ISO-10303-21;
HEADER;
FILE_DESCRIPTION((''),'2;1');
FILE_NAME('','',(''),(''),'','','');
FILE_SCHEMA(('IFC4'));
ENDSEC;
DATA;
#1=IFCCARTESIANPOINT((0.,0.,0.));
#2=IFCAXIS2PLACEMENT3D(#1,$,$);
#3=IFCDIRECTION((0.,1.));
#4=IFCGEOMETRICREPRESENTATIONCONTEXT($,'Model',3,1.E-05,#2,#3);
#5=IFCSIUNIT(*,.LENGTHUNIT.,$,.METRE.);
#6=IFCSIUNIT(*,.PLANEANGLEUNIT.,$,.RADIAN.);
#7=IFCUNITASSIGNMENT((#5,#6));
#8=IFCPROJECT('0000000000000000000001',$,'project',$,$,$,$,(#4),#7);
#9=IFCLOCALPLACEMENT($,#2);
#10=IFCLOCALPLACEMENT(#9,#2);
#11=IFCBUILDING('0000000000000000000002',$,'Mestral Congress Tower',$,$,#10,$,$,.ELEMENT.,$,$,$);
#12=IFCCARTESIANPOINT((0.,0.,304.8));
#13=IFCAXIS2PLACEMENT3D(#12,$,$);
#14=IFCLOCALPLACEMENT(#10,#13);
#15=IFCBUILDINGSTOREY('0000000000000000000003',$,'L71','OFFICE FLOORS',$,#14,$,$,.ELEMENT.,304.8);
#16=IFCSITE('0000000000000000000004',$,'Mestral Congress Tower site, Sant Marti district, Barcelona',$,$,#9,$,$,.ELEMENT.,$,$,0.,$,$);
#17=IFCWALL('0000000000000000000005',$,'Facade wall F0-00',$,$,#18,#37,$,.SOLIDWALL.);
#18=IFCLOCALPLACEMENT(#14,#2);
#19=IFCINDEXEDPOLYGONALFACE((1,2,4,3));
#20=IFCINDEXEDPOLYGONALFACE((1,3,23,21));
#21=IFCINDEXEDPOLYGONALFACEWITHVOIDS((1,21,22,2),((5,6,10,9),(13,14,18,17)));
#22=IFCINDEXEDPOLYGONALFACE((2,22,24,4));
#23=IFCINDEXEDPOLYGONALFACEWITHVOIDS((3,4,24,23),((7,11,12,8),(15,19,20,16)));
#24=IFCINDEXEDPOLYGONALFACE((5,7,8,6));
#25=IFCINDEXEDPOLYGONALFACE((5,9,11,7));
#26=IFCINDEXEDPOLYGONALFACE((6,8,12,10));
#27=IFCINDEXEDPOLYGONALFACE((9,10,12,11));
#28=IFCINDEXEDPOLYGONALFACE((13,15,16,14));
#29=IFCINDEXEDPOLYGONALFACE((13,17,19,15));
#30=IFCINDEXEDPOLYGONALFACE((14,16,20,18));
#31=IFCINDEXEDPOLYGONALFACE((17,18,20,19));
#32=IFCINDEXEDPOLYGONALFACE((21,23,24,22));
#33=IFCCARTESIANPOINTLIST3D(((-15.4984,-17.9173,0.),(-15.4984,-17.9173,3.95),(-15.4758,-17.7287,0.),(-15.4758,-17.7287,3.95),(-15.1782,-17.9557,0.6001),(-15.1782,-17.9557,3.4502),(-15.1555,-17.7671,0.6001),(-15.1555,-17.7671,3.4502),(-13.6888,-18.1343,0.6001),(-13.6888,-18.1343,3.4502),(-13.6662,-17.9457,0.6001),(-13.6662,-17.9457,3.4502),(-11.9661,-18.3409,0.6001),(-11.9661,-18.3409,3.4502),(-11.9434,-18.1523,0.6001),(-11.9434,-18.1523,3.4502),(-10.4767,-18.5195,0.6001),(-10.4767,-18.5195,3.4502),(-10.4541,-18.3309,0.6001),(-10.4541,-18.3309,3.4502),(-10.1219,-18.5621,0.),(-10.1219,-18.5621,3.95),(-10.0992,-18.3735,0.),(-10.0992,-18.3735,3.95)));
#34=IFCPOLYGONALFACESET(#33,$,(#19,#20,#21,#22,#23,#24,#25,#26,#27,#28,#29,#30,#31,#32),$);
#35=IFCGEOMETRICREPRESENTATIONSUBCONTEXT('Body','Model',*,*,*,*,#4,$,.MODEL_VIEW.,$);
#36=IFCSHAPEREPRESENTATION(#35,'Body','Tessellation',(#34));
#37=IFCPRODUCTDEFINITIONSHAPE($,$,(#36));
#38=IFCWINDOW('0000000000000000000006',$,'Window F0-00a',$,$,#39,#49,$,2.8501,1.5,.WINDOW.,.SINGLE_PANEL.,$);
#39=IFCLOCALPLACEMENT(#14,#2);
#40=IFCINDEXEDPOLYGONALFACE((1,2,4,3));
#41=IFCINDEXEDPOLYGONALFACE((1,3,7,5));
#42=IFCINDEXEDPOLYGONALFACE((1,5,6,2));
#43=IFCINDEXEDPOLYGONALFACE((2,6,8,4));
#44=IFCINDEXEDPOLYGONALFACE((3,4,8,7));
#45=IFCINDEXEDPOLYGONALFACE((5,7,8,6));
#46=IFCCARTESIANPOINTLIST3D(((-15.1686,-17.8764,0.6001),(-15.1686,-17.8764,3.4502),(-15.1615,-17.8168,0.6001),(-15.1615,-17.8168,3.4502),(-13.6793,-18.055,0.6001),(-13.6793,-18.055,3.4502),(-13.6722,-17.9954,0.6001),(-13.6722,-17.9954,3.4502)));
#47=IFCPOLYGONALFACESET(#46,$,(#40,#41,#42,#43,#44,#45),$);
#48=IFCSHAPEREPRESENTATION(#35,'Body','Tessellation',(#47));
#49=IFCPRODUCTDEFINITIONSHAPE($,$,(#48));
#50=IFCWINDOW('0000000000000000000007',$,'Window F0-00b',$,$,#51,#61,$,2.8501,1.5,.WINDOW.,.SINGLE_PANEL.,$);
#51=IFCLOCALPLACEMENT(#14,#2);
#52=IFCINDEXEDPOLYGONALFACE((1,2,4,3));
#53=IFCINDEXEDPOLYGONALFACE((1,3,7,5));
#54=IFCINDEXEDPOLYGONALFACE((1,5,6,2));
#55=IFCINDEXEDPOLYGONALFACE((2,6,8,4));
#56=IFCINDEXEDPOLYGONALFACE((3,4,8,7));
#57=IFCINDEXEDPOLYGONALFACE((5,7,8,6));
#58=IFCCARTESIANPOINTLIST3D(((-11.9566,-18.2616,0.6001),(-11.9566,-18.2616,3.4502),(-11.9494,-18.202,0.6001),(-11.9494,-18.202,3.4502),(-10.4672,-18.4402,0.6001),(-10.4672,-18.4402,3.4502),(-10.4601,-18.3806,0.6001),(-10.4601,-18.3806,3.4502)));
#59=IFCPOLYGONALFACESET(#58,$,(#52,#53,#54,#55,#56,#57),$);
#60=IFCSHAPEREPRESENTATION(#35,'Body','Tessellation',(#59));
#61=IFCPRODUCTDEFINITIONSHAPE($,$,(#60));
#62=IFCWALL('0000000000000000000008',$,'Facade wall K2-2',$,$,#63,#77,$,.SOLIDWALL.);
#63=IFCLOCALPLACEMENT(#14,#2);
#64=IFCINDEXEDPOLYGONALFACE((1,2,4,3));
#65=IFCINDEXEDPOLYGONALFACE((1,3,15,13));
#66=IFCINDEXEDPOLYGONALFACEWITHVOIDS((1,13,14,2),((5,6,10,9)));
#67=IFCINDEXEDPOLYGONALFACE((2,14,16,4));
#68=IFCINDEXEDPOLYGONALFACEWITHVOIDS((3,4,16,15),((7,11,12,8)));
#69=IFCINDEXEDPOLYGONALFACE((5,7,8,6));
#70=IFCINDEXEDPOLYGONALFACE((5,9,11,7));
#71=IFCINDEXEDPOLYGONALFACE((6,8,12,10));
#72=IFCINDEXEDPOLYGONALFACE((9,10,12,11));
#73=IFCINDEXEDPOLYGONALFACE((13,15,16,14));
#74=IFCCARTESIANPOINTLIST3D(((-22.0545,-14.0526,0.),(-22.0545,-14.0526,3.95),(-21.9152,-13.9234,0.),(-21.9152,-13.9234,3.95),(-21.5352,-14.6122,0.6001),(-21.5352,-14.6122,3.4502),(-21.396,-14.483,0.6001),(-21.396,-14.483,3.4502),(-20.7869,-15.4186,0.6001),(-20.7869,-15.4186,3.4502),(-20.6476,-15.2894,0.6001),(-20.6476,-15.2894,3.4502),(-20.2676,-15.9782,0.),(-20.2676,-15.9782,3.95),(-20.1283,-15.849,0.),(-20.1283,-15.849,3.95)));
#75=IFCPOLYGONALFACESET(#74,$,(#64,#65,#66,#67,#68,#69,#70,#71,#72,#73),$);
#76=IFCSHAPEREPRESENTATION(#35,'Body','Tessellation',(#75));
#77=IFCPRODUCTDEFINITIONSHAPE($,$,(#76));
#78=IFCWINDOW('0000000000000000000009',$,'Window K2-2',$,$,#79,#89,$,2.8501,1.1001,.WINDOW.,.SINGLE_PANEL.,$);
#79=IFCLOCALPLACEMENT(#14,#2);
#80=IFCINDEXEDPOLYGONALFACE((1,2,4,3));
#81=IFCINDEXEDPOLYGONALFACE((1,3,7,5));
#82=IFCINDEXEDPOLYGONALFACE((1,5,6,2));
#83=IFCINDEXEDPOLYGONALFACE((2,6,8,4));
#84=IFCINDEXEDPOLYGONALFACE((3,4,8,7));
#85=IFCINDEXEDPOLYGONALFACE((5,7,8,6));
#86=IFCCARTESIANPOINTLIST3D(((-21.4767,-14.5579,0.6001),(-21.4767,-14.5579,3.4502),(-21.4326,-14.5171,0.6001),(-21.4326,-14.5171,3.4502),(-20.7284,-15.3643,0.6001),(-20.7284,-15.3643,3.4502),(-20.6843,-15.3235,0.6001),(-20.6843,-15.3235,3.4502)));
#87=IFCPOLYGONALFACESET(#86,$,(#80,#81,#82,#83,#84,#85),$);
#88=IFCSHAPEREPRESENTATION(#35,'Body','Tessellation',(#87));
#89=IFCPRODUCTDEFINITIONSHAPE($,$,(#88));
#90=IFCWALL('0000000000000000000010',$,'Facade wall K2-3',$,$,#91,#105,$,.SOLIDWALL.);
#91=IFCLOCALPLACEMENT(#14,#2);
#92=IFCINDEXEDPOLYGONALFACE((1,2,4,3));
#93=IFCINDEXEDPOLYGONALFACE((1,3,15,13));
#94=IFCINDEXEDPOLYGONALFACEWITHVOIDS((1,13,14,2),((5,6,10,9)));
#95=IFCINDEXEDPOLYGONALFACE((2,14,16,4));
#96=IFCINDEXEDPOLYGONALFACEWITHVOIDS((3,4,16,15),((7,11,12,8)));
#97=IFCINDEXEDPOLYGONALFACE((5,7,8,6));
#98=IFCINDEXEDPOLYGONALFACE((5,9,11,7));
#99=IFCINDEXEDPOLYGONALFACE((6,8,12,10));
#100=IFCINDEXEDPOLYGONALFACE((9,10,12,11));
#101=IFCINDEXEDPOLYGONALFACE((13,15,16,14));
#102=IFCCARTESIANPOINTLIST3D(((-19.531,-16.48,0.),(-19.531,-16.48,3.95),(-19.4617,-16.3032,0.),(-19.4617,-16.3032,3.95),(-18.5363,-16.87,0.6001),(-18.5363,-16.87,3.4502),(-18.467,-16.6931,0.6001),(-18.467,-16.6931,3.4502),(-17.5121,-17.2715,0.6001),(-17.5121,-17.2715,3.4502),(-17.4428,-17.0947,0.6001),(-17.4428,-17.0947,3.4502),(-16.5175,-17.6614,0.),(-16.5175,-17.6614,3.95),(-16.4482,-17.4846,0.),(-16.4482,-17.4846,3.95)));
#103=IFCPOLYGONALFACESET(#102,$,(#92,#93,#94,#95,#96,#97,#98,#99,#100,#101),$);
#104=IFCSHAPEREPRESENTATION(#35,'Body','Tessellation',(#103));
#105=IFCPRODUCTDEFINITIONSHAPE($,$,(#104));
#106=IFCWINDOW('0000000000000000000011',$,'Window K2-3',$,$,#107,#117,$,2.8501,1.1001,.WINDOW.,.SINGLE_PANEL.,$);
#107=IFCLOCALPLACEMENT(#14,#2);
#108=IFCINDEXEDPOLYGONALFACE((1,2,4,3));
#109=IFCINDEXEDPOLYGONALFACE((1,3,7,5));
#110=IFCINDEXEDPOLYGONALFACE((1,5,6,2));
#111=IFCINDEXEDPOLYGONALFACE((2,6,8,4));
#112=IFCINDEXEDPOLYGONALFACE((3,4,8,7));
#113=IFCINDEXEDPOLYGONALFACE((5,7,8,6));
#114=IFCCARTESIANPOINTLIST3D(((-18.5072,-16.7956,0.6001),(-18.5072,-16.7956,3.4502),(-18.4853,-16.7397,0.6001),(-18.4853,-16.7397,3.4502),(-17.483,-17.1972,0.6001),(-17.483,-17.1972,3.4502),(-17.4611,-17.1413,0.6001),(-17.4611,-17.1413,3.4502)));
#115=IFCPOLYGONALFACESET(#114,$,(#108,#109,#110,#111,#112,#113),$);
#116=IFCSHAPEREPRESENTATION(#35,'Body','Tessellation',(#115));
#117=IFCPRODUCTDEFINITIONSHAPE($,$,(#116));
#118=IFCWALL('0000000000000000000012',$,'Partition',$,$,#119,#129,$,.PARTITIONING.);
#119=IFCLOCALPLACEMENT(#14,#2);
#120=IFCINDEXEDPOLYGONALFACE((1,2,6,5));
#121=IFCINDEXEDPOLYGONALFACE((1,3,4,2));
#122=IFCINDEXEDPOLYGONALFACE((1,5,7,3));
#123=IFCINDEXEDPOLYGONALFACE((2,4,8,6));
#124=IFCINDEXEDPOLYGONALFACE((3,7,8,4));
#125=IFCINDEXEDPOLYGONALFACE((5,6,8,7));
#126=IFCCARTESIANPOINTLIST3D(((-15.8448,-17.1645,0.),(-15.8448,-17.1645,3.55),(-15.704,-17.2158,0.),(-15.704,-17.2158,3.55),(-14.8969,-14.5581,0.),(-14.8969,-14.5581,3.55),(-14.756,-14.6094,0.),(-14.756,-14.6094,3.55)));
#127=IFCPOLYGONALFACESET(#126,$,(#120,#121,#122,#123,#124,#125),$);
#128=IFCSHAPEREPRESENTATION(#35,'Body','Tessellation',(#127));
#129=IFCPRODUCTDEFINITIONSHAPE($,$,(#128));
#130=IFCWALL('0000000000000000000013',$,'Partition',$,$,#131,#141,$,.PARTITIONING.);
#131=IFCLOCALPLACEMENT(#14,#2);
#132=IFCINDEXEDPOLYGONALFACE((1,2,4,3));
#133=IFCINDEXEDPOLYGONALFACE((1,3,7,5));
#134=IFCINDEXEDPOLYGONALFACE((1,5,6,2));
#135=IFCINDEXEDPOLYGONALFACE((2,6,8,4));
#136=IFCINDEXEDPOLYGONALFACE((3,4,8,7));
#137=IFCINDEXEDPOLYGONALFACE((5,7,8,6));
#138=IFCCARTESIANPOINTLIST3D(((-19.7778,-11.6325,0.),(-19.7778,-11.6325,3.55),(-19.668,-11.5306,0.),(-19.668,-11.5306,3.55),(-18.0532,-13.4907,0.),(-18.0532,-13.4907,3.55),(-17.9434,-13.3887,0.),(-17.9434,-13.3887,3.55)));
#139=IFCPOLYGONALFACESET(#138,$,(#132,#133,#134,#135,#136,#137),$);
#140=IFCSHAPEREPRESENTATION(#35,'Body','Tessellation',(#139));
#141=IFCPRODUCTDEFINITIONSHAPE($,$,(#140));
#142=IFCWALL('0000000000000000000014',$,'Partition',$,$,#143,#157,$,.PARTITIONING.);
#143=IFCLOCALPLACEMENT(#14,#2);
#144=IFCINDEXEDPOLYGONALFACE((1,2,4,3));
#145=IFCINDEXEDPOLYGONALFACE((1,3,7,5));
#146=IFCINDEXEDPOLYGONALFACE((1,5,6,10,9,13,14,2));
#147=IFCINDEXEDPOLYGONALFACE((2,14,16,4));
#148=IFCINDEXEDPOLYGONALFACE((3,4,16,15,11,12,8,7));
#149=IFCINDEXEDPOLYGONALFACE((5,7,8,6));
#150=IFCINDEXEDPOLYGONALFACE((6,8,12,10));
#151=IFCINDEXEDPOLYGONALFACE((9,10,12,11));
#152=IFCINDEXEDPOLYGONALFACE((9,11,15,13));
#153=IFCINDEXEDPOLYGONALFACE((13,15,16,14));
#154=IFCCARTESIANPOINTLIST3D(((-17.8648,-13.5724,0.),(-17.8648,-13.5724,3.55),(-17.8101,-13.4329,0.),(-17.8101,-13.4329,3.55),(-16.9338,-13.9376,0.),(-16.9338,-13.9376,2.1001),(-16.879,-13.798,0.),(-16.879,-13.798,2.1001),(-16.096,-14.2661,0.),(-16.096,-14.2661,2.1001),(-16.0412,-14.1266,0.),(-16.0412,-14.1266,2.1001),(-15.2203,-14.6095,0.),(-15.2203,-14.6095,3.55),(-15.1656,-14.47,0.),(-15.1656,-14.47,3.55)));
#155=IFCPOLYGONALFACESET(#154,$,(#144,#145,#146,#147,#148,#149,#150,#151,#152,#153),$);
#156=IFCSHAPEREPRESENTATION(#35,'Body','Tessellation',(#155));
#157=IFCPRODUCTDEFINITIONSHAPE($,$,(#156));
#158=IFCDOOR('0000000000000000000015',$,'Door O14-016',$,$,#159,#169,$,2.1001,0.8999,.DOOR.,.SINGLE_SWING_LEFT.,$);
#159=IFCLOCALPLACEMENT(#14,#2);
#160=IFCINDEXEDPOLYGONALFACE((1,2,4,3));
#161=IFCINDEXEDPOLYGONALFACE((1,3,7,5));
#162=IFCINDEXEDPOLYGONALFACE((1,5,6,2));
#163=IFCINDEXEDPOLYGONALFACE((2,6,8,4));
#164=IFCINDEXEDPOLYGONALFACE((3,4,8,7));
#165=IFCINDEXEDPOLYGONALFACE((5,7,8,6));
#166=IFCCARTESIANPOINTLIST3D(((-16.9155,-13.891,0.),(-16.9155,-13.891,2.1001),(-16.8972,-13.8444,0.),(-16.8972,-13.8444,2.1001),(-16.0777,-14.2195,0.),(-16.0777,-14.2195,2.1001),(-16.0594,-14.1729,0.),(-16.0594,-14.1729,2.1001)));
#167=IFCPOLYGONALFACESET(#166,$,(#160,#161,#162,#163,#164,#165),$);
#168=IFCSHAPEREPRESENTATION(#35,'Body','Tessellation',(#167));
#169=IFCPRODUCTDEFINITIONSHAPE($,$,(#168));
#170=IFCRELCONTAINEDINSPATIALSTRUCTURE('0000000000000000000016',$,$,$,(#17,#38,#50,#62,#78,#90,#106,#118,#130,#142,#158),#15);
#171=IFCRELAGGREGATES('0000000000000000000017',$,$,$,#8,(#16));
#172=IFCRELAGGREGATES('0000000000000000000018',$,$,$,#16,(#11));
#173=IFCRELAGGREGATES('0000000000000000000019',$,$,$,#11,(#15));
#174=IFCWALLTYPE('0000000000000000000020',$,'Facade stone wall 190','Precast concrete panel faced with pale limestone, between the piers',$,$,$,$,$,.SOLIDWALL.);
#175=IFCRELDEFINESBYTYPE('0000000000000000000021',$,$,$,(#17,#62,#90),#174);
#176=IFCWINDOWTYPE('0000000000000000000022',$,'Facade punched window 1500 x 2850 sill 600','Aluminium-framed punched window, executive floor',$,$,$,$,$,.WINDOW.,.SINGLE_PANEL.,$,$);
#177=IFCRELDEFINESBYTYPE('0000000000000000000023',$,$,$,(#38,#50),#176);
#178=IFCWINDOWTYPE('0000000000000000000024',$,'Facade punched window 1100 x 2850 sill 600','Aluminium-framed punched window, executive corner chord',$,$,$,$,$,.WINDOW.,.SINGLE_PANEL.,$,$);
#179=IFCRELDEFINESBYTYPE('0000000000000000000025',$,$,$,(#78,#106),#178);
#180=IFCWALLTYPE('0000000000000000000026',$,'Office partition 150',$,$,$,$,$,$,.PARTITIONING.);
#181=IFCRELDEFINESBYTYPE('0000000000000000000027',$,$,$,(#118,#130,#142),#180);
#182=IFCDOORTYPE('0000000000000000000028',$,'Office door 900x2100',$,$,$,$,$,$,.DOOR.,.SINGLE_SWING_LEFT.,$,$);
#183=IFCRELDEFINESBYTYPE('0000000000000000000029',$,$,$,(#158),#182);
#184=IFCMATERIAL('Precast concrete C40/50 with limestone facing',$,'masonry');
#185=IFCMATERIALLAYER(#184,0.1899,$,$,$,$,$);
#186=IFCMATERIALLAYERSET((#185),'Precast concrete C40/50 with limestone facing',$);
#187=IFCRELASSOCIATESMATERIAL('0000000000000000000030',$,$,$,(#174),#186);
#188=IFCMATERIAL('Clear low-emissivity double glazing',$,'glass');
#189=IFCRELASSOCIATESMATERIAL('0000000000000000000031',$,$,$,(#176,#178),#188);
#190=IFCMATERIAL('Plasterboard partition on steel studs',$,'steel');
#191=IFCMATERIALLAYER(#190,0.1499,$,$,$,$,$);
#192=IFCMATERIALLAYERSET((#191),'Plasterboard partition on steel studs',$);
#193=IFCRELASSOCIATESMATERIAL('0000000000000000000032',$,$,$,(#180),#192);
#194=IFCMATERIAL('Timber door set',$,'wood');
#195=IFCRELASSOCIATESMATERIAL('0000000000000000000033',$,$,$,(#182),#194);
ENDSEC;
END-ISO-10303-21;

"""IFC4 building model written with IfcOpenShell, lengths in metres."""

from ifc_helpers import new_model, si_unit, direction, frame, frame_2d, origin, place, context, subcontext, project, spatial, rectangle, extrude, material, layer, layer_set, type_object, element, fill, save


model = new_model("IFC4")

# Units and contexts
model_context = context("Model", 3, precision=1e-05, world=origin(), true_north=direction((0.0, 1.0)))
body_context = subcontext(model_context, "Body", "Model", "MODEL_VIEW")
ifc_project = project(units=[si_unit("LENGTHUNIT", "METRE"), si_unit("PLANEANGLEUNIT", "RADIAN")], contexts=[model_context])

# Site, building, storey
site_placement = place(None, origin())
site = spatial("IfcSite", under=ifc_project, at=site_placement, Name="Mestral Congress Tower site, Sant Marti district, Barcelona", CompositionType="ELEMENT", RefElevation=0.0)
building_placement = place(site_placement, origin())
building = spatial("IfcBuilding", under=site, at=building_placement, Name="Mestral Congress Tower", CompositionType="ELEMENT")
storey_placement = place(building_placement, frame((0.0, 0.0, 304.8)))
storey = spatial("IfcBuildingStorey", under=building, at=storey_placement, Name="L71", Description="OFFICE FLOORS", CompositionType="ELEMENT", Elevation=304.8)

# Wall, openings, windows
ifc_material_1 = material(Name="Precast concrete C40/50 with limestone facing", Category="masonry")
ifc_layer_1 = layer(ifc_material_1, 0.1899)
ifc_layer_set_1 = layer_set([ifc_layer_1], Name="Precast concrete C40/50 with limestone facing")
wall_type_1 = type_object("IfcWallType", Name="Facade stone wall 190", Description="Precast concrete panel faced with pale limestone, between the piers", PredefinedType="SOLIDWALL", material=ifc_layer_set_1)
wall_1_placement = place(storey_placement, frame((-15.4871, -17.823, 0.0), z_axis=(0.0, 0.0, 1.0), x_axis=(0.992886, -0.119072, 0.0)))
wall_1 = element("IfcWall", 1, at=wall_1_placement, inside=storey, type_object=wall_type_1, Name="Facade wall F0-00", PredefinedType="SOLIDWALL", context=body_context, shape_type="SweptSolid", body=[
    extrude(rectangle(XDim=5.415, YDim=0.1899, at=frame_2d((2.7075, 0.0))), origin(), (0.0, 0.0, 1.0), 3.95),
])
opening_1_placement = place(wall_1_placement, frame((0.3225, 0.0, 0.6001)))
opening_1 = element("IfcOpeningElement", 2, at=opening_1_placement, cuts=wall_1, PredefinedType="OPENING", context=body_context, shape_type="SweptSolid", body=[
    extrude(rectangle(XDim=1.5, YDim=2.8501, at=frame_2d((0.75, 1.425))), frame((0.0, 0.105, 0.0), z_axis=(0.0, -1.0, 0.0), x_axis=(1.0, 0.0, 0.0)), (0.0, 0.0, 1.0), 0.21),
])
opening_2_placement = place(wall_1_placement, frame((3.5576, 0.0, 0.6001)))
opening_2 = element("IfcOpeningElement", 3, at=opening_2_placement, cuts=wall_1, PredefinedType="OPENING", context=body_context, shape_type="SweptSolid", body=[
    extrude(rectangle(XDim=1.5, YDim=2.8501, at=frame_2d((0.75, 1.425))), frame((0.0, 0.105, 0.0), z_axis=(0.0, -1.0, 0.0), x_axis=(1.0, 0.0, 0.0)), (0.0, 0.0, 1.0), 0.21),
])
ifc_material_2 = material(Name="Clear low-emissivity double glazing", Category="glass")
window_type_1 = type_object("IfcWindowType", Name="Facade punched window 1500 x 2850 sill 600", Description="Aluminium-framed punched window, executive floor", PartitioningType="SINGLE_PANEL", PredefinedType="WINDOW", material=ifc_material_2)
window_1_placement = place(opening_1_placement, origin())
window_1 = element("IfcWindow", 4, at=window_1_placement, inside=storey, type_object=window_type_1, Name="Window F0-00a", OverallHeight=2.8501, OverallWidth=1.5, PartitioningType="SINGLE_PANEL", PredefinedType="WINDOW", context=body_context, shape_type="SweptSolid", body=[
    extrude(rectangle(XDim=1.5, YDim=2.8501, at=frame_2d((0.75, 1.425))), frame((0.0, 0.0449, 0.0), z_axis=(0.0, -1.0, 0.0), x_axis=(1.0, 0.0, 0.0)), (0.0, 0.0, 1.0), 0.0601),
])
fill(opening_1, window_1)
window_2_placement = place(opening_2_placement, origin())
window_2 = element("IfcWindow", 5, at=window_2_placement, inside=storey, type_object=window_type_1, Name="Window F0-00b", OverallHeight=2.8501, OverallWidth=1.5, PartitioningType="SINGLE_PANEL", PredefinedType="WINDOW", context=body_context, shape_type="SweptSolid", body=[
    extrude(rectangle(XDim=1.5, YDim=2.8501, at=frame_2d((0.75, 1.425))), frame((0.0, 0.0449, 0.0), z_axis=(0.0, -1.0, 0.0), x_axis=(1.0, 0.0, 0.0)), (0.0, 0.0, 1.0), 0.0601),
])
fill(opening_2, window_2)

# Walls, openings, windows
wall_2_placement = place(storey_placement, frame((-21.9849, -13.988, 0.0), z_axis=(0.0, 0.0, 1.0), x_axis=(0.680219, -0.733009, 0.0)))
wall_2 = element("IfcWall", 6, at=wall_2_placement, inside=storey, type_object=wall_type_1, Name="Facade wall K2-2", PredefinedType="SOLIDWALL", context=body_context, shape_type="SweptSolid", body=[
    extrude(rectangle(XDim=2.627, YDim=0.1899, at=frame_2d((1.3135, 0.0))), origin(), (0.0, 0.0, 1.0), 3.95),
])
opening_3_placement = place(wall_2_placement, frame((0.7634, 0.0, 0.6001)))
opening_3 = element("IfcOpeningElement", 7, at=opening_3_placement, cuts=wall_2, PredefinedType="OPENING", context=body_context, shape_type="SweptSolid", body=[
    extrude(rectangle(XDim=1.1001, YDim=2.8501, at=frame_2d((0.55, 1.425))), frame((0.0, 0.105, 0.0), z_axis=(0.0, -1.0, 0.0), x_axis=(1.0, 0.0, 0.0)), (0.0, 0.0, 1.0), 0.21),
])
window_type_2 = type_object("IfcWindowType", Name="Facade punched window 1100 x 2850 sill 600", Description="Aluminium-framed punched window, executive corner chord", PartitioningType="SINGLE_PANEL", PredefinedType="WINDOW", material=ifc_material_2)
window_3_placement = place(opening_3_placement, origin())
window_3 = element("IfcWindow", 8, at=window_3_placement, inside=storey, type_object=window_type_2, Name="Window K2-2", OverallHeight=2.8501, OverallWidth=1.1001, PartitioningType="SINGLE_PANEL", PredefinedType="WINDOW", context=body_context, shape_type="SweptSolid", body=[
    extrude(rectangle(XDim=1.1001, YDim=2.8501, at=frame_2d((0.55, 1.425))), frame((0.0, 0.0449, 0.0), z_axis=(0.0, -1.0, 0.0), x_axis=(1.0, 0.0, 0.0)), (0.0, 0.0, 1.0), 0.0601),
])
fill(opening_3, window_3)
wall_3_placement = place(storey_placement, frame((-19.4963, -16.3916, 0.0), z_axis=(0.0, 0.0, 1.0), x_axis=(0.931009, -0.364997, 0.0)))
wall_3 = element("IfcWall", 9, at=wall_3_placement, inside=storey, type_object=wall_type_1, Name="Facade wall K2-3", PredefinedType="SOLIDWALL", context=body_context, shape_type="SweptSolid", body=[
    extrude(rectangle(XDim=3.2368, YDim=0.1899, at=frame_2d((1.6184, 0.0))), origin(), (0.0, 0.0, 1.0), 3.95),
])
opening_4_placement = place(wall_3_placement, frame((1.0684, 0.0, 0.6001)))
opening_4 = element("IfcOpeningElement", 10, at=opening_4_placement, cuts=wall_3, PredefinedType="OPENING", context=body_context, shape_type="SweptSolid", body=[
    extrude(rectangle(XDim=1.1001, YDim=2.8501, at=frame_2d((0.55, 1.425))), frame((0.0, 0.105, 0.0), z_axis=(0.0, -1.0, 0.0), x_axis=(1.0, 0.0, 0.0)), (0.0, 0.0, 1.0), 0.21),
])
window_4_placement = place(opening_4_placement, origin())
window_4 = element("IfcWindow", 11, at=window_4_placement, inside=storey, type_object=window_type_2, Name="Window K2-3", OverallHeight=2.8501, OverallWidth=1.1001, PartitioningType="SINGLE_PANEL", PredefinedType="WINDOW", context=body_context, shape_type="SweptSolid", body=[
    extrude(rectangle(XDim=1.1001, YDim=2.8501, at=frame_2d((0.55, 1.425))), frame((0.0, 0.0449, 0.0), z_axis=(0.0, -1.0, 0.0), x_axis=(1.0, 0.0, 0.0)), (0.0, 0.0, 1.0), 0.0601),
])
fill(opening_4, window_4)

# Walls
ifc_material_3 = material(Name="Plasterboard partition on steel studs", Category="steel")
ifc_layer_2 = layer(ifc_material_3, 0.1499)
ifc_layer_set_2 = layer_set([ifc_layer_2], Name="Plasterboard partition on steel studs")
wall_type_2 = type_object("IfcWallType", Name="Office partition 150", PredefinedType="PARTITIONING", material=ifc_layer_set_2)
wall_4_placement = place(storey_placement, frame((-14.8264, -14.5837, 0.0), z_axis=(0.0, 0.0, 1.0), x_axis=(-0.341807, -0.93977, 0.0)))
element("IfcWall", 12, at=wall_4_placement, inside=storey, type_object=wall_type_2, Name="Partition", PredefinedType="PARTITIONING", context=body_context, shape_type="SweptSolid", body=[
    extrude(rectangle(XDim=2.7734, YDim=0.1499, at=frame_2d((1.3867, 0.0))), origin(), (0.0, 0.0, 1.0), 3.55),
])
wall_5_placement = place(storey_placement, frame((-19.7229, -11.5815, 0.0), z_axis=(0.0, 0.0, 1.0), x_axis=(0.680277, -0.732955, 0.0)))
element("IfcWall", 13, at=wall_5_placement, inside=storey, type_object=wall_type_2, Name="Partition", PredefinedType="PARTITIONING", context=body_context, shape_type="SweptSolid", body=[
    extrude(rectangle(XDim=2.5352, YDim=0.1499, at=frame_2d((1.2676, 0.0))), origin(), (0.0, 0.0, 1.0), 3.55),
])

# Wall, opening, door
wall_6_placement = place(storey_placement, frame((-15.1929, -14.5398, 0.0), z_axis=(0.0, 0.0, 1.0), x_axis=(-0.930969, 0.365099, 0.0)))
wall_6 = element("IfcWall", 14, at=wall_6_placement, inside=storey, type_object=wall_type_2, Name="Partition", PredefinedType="PARTITIONING", context=body_context, shape_type="SweptSolid", body=[
    extrude(rectangle(XDim=2.8406, YDim=0.1499, at=frame_2d((1.4204, 0.0))), origin(), (0.0, 0.0, 1.0), 3.55),
])
opening_5_placement = place(wall_6_placement, frame((0.9407, 0.0, 0.0)))
opening_5 = element("IfcOpeningElement", 15, at=opening_5_placement, cuts=wall_6, PredefinedType="OPENING", context=body_context, shape_type="SweptSolid", body=[
    extrude(rectangle(XDim=0.8999, YDim=2.1001, at=frame_2d((0.45, 1.05))), frame((0.0, 0.085, 0.0), z_axis=(0.0, -1.0, 0.0), x_axis=(1.0, 0.0, 0.0)), (0.0, 0.0, 1.0), 0.1699),
])
ifc_material_4 = material(Name="Timber door set", Category="wood")
door_type = type_object("IfcDoorType", Name="Office door 900x2100", OperationType="SINGLE_SWING_LEFT", PredefinedType="DOOR", material=ifc_material_4)
door_placement = place(opening_5_placement, origin())
door = element("IfcDoor", 16, at=door_placement, inside=storey, type_object=door_type, Name="Door O14-016", OperationType="SINGLE_SWING_LEFT", OverallHeight=2.1001, OverallWidth=0.8999, PredefinedType="DOOR", context=body_context, shape_type="SweptSolid", body=[
    extrude(rectangle(XDim=0.8999, YDim=2.1001, at=frame_2d((0.45, 1.05))), frame((0.0, 0.0249, 0.0), z_axis=(0.0, -1.0, 0.0), x_axis=(1.0, 0.0, 0.0)), (0.0, 0.0, 1.0), 0.05),
])
fill(opening_5, door)

save(model, "model.ifc")
